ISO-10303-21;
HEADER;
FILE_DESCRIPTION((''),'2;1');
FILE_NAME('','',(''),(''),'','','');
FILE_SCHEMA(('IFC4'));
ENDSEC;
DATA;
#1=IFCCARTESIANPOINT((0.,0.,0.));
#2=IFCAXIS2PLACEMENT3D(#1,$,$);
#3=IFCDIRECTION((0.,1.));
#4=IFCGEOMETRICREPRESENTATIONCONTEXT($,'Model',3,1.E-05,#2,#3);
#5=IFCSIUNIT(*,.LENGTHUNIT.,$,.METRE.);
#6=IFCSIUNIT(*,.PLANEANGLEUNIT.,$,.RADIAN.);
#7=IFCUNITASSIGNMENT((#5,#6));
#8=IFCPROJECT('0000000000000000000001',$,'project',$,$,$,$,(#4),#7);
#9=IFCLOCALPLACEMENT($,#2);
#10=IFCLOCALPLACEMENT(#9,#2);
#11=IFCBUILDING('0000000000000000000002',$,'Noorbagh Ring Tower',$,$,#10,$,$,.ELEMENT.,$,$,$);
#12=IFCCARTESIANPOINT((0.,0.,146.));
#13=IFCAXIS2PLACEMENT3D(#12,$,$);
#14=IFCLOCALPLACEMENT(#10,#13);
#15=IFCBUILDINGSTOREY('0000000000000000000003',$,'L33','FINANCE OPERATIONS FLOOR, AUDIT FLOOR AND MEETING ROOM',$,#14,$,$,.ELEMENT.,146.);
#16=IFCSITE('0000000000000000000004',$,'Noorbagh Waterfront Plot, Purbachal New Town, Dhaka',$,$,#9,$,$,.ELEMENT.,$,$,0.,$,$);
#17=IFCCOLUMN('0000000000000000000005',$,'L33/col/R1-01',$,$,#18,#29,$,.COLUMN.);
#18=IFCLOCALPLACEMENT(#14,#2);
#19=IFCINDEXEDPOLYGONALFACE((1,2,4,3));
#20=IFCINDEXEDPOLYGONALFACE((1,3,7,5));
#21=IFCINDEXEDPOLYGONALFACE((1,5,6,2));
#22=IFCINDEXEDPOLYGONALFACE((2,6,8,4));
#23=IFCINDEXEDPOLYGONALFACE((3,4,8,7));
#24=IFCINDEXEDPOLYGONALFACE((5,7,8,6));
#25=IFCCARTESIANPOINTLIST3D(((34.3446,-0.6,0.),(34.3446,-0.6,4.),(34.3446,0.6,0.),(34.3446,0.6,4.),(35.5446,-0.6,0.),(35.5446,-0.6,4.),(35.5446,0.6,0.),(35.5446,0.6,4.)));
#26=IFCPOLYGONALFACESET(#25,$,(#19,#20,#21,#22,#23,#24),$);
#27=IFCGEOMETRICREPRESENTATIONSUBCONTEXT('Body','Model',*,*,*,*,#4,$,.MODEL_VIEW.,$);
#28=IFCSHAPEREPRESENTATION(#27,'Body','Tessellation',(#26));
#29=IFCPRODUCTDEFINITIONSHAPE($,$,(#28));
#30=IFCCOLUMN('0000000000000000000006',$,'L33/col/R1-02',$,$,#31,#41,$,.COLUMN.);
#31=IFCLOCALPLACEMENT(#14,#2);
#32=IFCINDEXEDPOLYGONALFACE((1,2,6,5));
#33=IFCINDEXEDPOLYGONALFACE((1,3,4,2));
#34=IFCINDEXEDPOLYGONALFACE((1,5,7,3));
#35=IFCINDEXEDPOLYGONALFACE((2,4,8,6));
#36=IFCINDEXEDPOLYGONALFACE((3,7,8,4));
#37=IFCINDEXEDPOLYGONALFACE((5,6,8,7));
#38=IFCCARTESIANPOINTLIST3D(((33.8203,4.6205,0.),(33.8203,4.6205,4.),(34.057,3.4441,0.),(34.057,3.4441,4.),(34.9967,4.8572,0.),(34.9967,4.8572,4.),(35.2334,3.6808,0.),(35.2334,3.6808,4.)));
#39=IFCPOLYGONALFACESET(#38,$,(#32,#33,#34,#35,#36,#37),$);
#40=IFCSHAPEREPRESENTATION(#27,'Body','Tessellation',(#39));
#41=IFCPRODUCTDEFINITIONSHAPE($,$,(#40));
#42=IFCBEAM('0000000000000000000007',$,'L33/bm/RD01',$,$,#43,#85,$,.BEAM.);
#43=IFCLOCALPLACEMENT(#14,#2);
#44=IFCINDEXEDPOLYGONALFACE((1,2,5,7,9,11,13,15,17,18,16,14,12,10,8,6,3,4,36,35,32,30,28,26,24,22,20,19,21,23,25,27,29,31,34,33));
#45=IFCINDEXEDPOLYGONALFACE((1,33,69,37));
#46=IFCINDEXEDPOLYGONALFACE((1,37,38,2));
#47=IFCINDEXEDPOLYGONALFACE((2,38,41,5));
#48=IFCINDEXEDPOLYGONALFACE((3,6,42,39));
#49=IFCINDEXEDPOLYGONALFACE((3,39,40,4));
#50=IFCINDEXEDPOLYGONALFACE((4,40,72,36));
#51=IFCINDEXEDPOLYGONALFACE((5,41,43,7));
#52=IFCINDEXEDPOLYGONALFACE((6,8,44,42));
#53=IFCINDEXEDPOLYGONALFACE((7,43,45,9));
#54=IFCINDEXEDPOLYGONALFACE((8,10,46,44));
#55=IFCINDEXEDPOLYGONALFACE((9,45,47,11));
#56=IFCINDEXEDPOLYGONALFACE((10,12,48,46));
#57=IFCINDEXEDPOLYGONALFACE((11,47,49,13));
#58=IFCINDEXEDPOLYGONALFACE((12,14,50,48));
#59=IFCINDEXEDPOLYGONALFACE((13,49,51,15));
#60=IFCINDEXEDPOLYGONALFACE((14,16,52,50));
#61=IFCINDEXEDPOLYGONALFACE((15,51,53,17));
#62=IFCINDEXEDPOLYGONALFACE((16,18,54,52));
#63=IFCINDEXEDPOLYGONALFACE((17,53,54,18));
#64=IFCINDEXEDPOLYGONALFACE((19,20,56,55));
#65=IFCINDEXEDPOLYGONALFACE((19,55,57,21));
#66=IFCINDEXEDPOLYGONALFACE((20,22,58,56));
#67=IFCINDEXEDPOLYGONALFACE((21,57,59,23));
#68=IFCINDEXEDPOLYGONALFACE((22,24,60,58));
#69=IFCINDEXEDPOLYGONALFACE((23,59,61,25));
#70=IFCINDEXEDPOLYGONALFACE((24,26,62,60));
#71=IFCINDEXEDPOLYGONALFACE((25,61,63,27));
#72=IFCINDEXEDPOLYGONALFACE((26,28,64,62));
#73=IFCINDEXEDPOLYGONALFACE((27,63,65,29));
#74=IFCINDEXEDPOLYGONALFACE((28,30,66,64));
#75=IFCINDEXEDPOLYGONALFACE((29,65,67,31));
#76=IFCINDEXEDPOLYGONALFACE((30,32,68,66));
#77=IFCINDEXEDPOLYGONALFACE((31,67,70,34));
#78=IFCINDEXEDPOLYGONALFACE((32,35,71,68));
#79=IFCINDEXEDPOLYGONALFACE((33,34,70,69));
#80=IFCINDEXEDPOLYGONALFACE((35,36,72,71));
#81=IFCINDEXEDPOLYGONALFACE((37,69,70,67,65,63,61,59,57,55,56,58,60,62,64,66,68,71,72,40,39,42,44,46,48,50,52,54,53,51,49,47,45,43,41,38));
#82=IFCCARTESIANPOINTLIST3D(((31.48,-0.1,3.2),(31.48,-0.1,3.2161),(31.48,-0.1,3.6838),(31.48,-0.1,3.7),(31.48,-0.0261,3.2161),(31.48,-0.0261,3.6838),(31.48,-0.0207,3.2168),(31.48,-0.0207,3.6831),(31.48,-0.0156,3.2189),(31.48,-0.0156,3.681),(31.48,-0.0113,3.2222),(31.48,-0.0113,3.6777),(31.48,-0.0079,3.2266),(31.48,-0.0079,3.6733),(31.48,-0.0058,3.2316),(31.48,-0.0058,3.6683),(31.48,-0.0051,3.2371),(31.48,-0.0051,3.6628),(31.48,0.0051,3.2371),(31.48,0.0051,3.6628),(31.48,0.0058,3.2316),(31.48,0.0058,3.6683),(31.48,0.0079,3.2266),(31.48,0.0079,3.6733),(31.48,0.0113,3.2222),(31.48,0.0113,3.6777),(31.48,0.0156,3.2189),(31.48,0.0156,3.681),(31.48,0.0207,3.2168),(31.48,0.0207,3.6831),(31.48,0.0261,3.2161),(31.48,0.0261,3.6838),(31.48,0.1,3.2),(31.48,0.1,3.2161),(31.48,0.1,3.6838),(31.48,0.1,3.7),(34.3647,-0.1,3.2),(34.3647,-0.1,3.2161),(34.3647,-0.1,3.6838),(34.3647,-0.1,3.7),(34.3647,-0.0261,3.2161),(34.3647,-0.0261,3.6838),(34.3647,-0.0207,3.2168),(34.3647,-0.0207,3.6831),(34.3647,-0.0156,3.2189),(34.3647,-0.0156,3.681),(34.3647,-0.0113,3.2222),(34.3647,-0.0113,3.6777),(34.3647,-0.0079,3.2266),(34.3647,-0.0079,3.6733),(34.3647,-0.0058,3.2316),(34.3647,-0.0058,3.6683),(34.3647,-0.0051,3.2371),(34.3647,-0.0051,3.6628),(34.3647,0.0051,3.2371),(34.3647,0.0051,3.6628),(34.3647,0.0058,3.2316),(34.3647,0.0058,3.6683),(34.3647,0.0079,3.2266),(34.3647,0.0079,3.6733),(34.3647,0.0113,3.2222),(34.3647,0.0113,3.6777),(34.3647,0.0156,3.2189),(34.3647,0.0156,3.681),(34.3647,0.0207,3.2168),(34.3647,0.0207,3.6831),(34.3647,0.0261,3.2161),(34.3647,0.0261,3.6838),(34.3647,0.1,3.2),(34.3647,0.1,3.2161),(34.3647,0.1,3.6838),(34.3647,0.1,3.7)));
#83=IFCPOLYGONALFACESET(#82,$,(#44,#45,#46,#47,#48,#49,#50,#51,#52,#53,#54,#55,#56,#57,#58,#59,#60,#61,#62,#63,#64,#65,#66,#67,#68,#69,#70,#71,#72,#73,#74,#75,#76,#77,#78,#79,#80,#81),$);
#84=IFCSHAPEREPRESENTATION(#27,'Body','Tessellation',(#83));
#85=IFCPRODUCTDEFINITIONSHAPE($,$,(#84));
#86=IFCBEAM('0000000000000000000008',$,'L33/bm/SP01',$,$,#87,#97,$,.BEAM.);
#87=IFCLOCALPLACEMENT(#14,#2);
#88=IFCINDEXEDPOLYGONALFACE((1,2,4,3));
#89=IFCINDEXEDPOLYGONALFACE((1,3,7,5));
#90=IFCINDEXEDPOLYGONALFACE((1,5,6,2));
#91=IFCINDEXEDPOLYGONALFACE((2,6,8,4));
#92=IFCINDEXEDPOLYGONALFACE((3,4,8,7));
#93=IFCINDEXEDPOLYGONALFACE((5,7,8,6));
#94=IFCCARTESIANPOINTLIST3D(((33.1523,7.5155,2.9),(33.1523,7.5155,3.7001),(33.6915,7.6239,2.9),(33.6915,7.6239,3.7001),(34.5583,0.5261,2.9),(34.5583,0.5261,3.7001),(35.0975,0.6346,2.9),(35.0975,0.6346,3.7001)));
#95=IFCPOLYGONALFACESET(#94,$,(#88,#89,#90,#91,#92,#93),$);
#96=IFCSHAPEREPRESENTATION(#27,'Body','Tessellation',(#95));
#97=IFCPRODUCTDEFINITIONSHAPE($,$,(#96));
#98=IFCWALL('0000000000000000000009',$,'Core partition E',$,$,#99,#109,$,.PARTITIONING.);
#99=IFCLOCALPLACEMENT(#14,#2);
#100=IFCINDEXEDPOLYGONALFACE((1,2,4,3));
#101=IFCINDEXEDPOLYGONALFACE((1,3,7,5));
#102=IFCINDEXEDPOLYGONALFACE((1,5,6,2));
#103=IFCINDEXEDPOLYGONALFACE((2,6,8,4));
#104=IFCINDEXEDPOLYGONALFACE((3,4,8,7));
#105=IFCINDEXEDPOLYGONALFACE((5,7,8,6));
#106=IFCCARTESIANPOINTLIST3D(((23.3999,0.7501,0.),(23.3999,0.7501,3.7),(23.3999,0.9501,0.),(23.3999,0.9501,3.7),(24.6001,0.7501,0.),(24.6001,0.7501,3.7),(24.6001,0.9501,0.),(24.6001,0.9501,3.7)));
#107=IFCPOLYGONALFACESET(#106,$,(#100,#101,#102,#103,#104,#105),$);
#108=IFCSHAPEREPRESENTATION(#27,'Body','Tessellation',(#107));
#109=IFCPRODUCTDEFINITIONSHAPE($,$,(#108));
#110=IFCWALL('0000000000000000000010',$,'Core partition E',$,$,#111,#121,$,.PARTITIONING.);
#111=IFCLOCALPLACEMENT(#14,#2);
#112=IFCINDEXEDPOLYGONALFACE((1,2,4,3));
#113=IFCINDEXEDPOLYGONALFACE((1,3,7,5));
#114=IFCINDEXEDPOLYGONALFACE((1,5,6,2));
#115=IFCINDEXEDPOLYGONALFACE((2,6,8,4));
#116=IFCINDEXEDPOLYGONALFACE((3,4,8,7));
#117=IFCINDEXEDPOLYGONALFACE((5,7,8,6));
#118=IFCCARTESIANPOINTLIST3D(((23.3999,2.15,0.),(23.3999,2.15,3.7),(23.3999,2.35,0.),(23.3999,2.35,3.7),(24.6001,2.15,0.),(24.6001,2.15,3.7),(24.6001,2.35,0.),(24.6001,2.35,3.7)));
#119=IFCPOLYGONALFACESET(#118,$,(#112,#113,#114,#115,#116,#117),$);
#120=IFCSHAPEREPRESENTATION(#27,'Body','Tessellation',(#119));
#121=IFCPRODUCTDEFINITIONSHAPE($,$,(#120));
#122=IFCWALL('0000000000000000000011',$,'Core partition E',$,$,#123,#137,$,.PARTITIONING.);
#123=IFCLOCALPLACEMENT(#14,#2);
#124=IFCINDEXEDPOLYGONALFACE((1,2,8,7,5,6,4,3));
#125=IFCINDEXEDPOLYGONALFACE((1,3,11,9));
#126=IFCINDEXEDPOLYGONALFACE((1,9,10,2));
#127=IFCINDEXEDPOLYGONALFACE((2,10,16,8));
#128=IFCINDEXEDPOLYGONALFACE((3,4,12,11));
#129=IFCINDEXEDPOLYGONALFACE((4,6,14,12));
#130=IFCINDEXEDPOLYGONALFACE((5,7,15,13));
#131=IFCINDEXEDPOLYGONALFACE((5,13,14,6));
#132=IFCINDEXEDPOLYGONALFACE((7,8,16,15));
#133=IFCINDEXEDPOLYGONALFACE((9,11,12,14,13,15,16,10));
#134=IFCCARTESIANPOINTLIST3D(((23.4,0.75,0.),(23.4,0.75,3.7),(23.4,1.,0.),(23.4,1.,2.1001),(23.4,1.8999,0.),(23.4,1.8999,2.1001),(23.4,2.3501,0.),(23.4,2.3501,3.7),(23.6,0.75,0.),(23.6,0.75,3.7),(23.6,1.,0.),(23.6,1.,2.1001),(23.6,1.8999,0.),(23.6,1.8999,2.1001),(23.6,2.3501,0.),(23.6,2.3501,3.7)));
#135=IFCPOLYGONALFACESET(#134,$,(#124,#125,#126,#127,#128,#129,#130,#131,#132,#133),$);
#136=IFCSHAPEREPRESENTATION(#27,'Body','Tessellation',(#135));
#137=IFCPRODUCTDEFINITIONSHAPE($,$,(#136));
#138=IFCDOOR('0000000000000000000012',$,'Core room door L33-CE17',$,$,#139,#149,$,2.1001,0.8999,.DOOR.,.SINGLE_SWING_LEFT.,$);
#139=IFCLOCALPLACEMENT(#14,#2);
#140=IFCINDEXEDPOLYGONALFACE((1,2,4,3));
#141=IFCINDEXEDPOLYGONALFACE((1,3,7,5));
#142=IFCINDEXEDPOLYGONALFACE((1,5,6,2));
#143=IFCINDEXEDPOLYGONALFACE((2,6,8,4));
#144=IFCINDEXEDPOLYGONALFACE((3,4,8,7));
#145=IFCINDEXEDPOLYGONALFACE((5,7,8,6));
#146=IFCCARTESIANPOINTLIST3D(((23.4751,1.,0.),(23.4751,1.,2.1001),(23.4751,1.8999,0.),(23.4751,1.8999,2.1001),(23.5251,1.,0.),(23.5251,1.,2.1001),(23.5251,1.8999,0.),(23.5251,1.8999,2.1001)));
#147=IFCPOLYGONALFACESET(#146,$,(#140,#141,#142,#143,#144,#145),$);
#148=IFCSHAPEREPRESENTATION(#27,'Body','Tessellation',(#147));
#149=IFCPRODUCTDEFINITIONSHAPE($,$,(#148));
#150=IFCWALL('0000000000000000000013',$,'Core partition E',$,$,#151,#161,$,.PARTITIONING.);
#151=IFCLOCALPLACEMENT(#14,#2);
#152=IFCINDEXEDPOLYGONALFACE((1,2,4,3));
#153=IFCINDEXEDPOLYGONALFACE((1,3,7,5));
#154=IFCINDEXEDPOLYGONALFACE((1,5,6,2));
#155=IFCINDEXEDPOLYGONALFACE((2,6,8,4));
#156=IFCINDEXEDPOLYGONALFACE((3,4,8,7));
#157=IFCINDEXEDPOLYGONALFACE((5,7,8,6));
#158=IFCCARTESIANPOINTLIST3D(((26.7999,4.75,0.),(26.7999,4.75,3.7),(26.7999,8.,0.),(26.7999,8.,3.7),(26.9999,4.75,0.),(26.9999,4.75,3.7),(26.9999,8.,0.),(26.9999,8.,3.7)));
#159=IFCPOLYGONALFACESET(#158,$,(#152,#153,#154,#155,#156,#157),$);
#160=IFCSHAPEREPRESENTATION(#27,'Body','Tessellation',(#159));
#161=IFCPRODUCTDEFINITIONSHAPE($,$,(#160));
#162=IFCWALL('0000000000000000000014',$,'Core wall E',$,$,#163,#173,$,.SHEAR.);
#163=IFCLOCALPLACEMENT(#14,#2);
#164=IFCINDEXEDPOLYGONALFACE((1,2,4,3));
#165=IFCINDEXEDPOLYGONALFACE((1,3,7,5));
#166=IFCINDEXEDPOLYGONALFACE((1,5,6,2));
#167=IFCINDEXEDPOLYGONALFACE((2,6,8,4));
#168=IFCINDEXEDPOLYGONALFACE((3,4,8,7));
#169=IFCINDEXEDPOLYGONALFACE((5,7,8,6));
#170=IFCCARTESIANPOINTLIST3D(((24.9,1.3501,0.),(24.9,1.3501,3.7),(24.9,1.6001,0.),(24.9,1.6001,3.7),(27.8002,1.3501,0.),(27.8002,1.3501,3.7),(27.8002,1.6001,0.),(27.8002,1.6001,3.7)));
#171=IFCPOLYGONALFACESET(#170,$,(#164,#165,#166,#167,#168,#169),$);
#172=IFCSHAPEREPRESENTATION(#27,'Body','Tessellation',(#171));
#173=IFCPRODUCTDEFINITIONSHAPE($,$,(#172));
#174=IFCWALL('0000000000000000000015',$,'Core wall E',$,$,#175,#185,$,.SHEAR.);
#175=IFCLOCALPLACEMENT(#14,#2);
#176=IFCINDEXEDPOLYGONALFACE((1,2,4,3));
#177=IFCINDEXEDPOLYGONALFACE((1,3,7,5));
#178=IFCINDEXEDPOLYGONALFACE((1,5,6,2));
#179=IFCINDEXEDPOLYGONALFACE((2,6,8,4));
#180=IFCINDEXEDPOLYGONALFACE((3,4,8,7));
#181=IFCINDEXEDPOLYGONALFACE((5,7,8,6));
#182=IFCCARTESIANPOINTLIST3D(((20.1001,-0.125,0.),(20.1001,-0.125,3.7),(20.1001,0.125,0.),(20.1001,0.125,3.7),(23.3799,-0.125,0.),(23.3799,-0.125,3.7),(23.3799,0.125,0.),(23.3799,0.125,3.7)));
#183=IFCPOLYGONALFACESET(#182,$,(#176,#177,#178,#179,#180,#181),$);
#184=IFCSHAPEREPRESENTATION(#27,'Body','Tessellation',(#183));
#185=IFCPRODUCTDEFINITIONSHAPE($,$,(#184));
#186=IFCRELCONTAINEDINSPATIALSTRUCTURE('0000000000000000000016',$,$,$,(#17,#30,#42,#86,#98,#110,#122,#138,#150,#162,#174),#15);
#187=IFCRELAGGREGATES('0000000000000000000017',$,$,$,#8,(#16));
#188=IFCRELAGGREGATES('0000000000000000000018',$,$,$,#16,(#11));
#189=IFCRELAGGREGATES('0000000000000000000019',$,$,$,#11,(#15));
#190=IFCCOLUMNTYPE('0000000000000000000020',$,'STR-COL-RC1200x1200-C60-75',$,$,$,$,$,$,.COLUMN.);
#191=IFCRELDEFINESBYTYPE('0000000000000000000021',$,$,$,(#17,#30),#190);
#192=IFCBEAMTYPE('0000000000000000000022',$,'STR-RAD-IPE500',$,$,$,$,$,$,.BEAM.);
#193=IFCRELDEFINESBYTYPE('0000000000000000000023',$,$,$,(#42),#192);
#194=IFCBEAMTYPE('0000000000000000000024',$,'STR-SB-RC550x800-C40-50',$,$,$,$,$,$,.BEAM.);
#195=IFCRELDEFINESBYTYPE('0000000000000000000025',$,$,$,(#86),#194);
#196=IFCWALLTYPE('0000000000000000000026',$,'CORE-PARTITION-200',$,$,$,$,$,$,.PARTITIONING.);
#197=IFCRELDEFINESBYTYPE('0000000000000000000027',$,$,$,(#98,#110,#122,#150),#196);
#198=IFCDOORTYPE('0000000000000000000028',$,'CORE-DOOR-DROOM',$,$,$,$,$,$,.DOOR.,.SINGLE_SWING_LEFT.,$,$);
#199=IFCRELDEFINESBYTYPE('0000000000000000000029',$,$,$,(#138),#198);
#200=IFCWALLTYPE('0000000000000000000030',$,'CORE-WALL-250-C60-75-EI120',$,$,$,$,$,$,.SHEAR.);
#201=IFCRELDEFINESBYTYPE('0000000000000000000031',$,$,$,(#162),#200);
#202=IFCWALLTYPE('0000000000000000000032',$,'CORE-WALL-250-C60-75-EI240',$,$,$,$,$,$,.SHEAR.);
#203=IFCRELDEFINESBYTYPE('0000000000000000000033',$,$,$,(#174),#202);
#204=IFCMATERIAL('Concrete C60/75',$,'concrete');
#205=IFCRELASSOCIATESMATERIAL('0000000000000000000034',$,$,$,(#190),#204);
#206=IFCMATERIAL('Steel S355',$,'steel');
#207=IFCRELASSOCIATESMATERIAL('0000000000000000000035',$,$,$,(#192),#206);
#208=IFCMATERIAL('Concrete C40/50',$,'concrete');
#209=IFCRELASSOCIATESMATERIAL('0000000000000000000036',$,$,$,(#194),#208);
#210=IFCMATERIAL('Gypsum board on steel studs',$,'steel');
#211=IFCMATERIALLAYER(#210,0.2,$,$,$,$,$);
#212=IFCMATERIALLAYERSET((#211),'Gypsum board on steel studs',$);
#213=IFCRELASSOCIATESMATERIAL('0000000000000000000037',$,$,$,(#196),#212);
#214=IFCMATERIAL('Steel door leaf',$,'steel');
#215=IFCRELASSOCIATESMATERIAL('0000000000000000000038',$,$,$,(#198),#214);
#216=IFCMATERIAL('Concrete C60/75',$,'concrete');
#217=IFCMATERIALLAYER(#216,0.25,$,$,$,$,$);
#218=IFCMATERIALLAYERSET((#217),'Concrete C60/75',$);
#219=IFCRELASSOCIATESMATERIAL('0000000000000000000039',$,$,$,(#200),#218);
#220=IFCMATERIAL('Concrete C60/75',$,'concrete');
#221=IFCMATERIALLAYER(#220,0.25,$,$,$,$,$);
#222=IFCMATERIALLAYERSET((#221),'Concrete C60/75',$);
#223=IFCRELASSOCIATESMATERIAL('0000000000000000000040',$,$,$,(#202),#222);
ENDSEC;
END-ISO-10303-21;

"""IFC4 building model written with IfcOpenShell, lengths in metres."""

from ifc_helpers import new_model, si_unit, direction, frame, frame_2d, origin, origin_2d, place, context, subcontext, project, spatial, rectangle, i_section, extrude, material, layer, layer_set, material_profile, profile_set, type_object, element, fill, save


model = new_model("IFC4")

# Units and contexts
model_context = context("Model", 3, precision=1e-05, world=origin(), true_north=direction((0.0, 1.0)))
body_context = subcontext(model_context, "Body", "Model", "MODEL_VIEW")
ifc_project = project(units=[si_unit("LENGTHUNIT", "METRE"), si_unit("PLANEANGLEUNIT", "RADIAN")], contexts=[model_context])

# Site, building, storey
site_placement = place(None, origin())
site = spatial("IfcSite", under=ifc_project, at=site_placement, Name="Noorbagh Waterfront Plot, Purbachal New Town, Dhaka", CompositionType="ELEMENT", RefElevation=0.0)
building_placement = place(site_placement, origin())
building = spatial("IfcBuilding", under=site, at=building_placement, Name="Noorbagh Ring Tower", CompositionType="ELEMENT")
storey_placement = place(building_placement, frame((0.0, 0.0, 146.0)))
storey = spatial("IfcBuildingStorey", under=building, at=storey_placement, Name="L33", Description="FINANCE OPERATIONS FLOOR, AUDIT FLOOR AND MEETING ROOM", CompositionType="ELEMENT", Elevation=146.0)

# Columns
ifc_material_1 = material(Name="Concrete C60/75", Category="concrete")
ifc_material_profile_1 = material_profile(ifc_material_1, rectangle(XDim=1.2, YDim=1.2, at=origin_2d()), Name="RC1200x1200")
ifc_profile_set_1 = profile_set([ifc_material_profile_1], Name="Concrete C60/75")
column_type = type_object("IfcColumnType", Name="STR-COL-RC1200x1200-C60-75", PredefinedType="COLUMN", material=ifc_profile_set_1)
for number, where, z_axis, x_axis, name in (
    (1, (34.9446, 0.0, 0.0), (0.0, 0.0, 1.0), (0.0, 1.0, 0.0), "L33/col/R1-01"),
    (2, (34.5269, 4.1506, 0.0), (0.0, 0.0, 1.0), (-0.19723, 0.980357, 0.0), "L33/col/R1-02"),
):
    element("IfcColumn", number, at=place(storey_placement, frame(where, z_axis=z_axis, x_axis=x_axis)), inside=storey, type_object=column_type, Name=name, PredefinedType="COLUMN", context=body_context, shape_type="SweptSolid", body=[
        extrude(rectangle(XDim=1.2, YDim=1.2, at=origin_2d()), origin(), (0.0, 0.0, 1.0), 4.0),
    ])

# Beams
ifc_material_2 = material(Name="Steel S355", Category="steel")
ifc_material_profile_2 = material_profile(ifc_material_2, i_section(OverallWidth=0.2, OverallDepth=0.5, WebThickness=0.0103, FlangeThickness=0.0161, FilletRadius=0.021, at=origin_2d()), Name="IPE500")
ifc_profile_set_2 = profile_set([ifc_material_profile_2], Name="Steel S355")
beam_type_1 = type_object("IfcBeamType", Name="STR-RAD-IPE500", PredefinedType="BEAM", material=ifc_profile_set_2)
beam_1_placement = place(storey_placement, frame((34.3647, 0.0, 3.45), z_axis=(-1.0, 0.0, 0.0), x_axis=(0.0, -1.0, 0.0)))
element("IfcBeam", 3, at=beam_1_placement, inside=storey, type_object=beam_type_1, Name="L33/bm/RD01", PredefinedType="BEAM", context=body_context, shape_type="SweptSolid", body=[
    extrude(i_section(OverallWidth=0.2, OverallDepth=0.5, WebThickness=0.0103, FlangeThickness=0.0161, FilletRadius=0.021, at=origin_2d()), origin(), (0.0, 0.0, 1.0), 2.8848),
])
ifc_material_3 = material(Name="Concrete C40/50", Category="concrete")
ifc_material_profile_3 = material_profile(ifc_material_3, rectangle(XDim=0.55, YDim=0.8, at=origin_2d()), Name="RC550x800")
ifc_profile_set_3 = profile_set([ifc_material_profile_3], Name="Concrete C40/50")
beam_type_2 = type_object("IfcBeamType", Name="STR-SB-RC550x800-C40-50", PredefinedType="BEAM", material=ifc_profile_set_3)
beam_2_placement = place(storey_placement, frame((34.8279, 0.5803, 3.3), z_axis=(-0.197209, 0.980361, 0.0), x_axis=(-0.980361, -0.197209, 0.0)))
element("IfcBeam", 4, at=beam_2_placement, inside=storey, type_object=beam_type_2, Name="L33/bm/SP01", PredefinedType="BEAM", context=body_context, shape_type="SweptSolid", body=[
    extrude(rectangle(XDim=0.55, YDim=0.8, at=origin_2d()), origin(), (0.0, 0.0, 1.0), 7.1294),
])

# Walls
ifc_material_4 = material(Name="Gypsum board on steel studs", Category="steel")
ifc_layer_1 = layer(ifc_material_4, 0.2)
ifc_layer_set_1 = layer_set([ifc_layer_1], Name="Gypsum board on steel studs")
wall_type_1 = type_object("IfcWallType", Name="CORE-PARTITION-200", PredefinedType="PARTITIONING", material=ifc_layer_set_1)
for number, where, z_axis, x_axis, name in (
    (5, (23.3999, 0.8501, 0.0), (0.0, 0.0, 1.0), (1.0, 0.0, 0.0), "Core partition E"),
    (6, (23.3999, 2.25, 0.0), (0.0, 0.0, 1.0), (1.0, 0.0, 0.0), "Core partition E"),
):
    element("IfcWall", number, at=place(storey_placement, frame(where, z_axis=z_axis, x_axis=x_axis)), inside=storey, type_object=wall_type_1, Name=name, PredefinedType="PARTITIONING", context=body_context, shape_type="SweptSolid", body=[
        extrude(rectangle(XDim=1.2002, YDim=0.2, at=frame_2d((0.6001, 0.0))), origin(), (0.0, 0.0, 1.0), 3.7),
    ])

# Wall, opening, door
wall_1_placement = place(storey_placement, frame((23.5, 0.75, 0.0), z_axis=(0.0, 0.0, 1.0), x_axis=(0.0, 1.0, 0.0)))
wall_1 = element("IfcWall", 7, at=wall_1_placement, inside=storey, type_object=wall_type_1, Name="Core partition E", PredefinedType="PARTITIONING", context=body_context, shape_type="SweptSolid", body=[
    extrude(rectangle(XDim=1.6001, YDim=0.2, at=frame_2d((0.8, 0.0))), origin(), (0.0, 0.0, 1.0), 3.7),
])
opening_1_placement = place(wall_1_placement, frame((0.25, 0.0, 0.0)))
opening_1 = element("IfcOpeningElement", 8, at=opening_1_placement, cuts=wall_1, PredefinedType="OPENING", context=body_context, shape_type="SweptSolid", body=[
    extrude(rectangle(XDim=0.8999, YDim=2.1001, at=frame_2d((0.45, 1.05))), frame((0.0, 0.1099, 0.0), z_axis=(0.0, -1.0, 0.0), x_axis=(1.0, 0.0, 0.0)), (0.0, 0.0, 1.0), 0.22),
])
ifc_material_5 = material(Name="Steel door leaf", Category="steel")
door_type_1 = type_object("IfcDoorType", Name="CORE-DOOR-DROOM", OperationType="SINGLE_SWING_LEFT", PredefinedType="DOOR", material=ifc_material_5)
door_1_placement = place(opening_1_placement, origin())
door_1 = element("IfcDoor", 9, at=door_1_placement, inside=storey, type_object=door_type_1, Name="Core room door L33-CE17", OperationType="SINGLE_SWING_LEFT", OverallHeight=2.1001, OverallWidth=0.8999, PredefinedType="DOOR", context=body_context, shape_type="SweptSolid", body=[
    extrude(rectangle(XDim=0.8999, YDim=2.1001, at=frame_2d((0.45, 1.05))), frame((0.0, 0.0249, 0.0), z_axis=(0.0, -1.0, 0.0), x_axis=(1.0, 0.0, 0.0)), (0.0, 0.0, 1.0), 0.05),
])
fill(opening_1, door_1)

# Walls
wall_2_placement = place(storey_placement, frame((26.8999, 4.75, 0.0), z_axis=(0.0, 0.0, 1.0), x_axis=(0.0, 1.0, 0.0)))
element("IfcWall", 10, at=wall_2_placement, inside=storey, type_object=wall_type_1, Name="Core partition E", PredefinedType="PARTITIONING", context=body_context, shape_type="SweptSolid", body=[
    extrude(rectangle(XDim=3.25, YDim=0.2, at=frame_2d((1.625, 0.0))), origin(), (0.0, 0.0, 1.0), 3.7),
])
ifc_material_6 = material(Name="Concrete C60/75", Category="concrete")
ifc_layer_2 = layer(ifc_material_6, 0.25)
ifc_layer_set_2 = layer_set([ifc_layer_2], Name="Concrete C60/75")
wall_type_2 = type_object("IfcWallType", Name="CORE-WALL-250-C60-75-EI120", PredefinedType="SHEAR", material=ifc_layer_set_2)
wall_3_placement = place(storey_placement, frame((24.8999, 1.4751, 0.0), z_axis=(0.0, 0.0, 1.0), x_axis=(1.0, 0.0, 0.0)))
element("IfcWall", 11, at=wall_3_placement, inside=storey, type_object=wall_type_2, Name="Core wall E", PredefinedType="SHEAR", context=body_context, shape_type="SweptSolid", body=[
    extrude(rectangle(XDim=2.9001, YDim=0.25, at=frame_2d((1.4502, 0.0))), origin(), (0.0, 0.0, 1.0), 3.7),
])
ifc_material_7 = material(Name="Concrete C60/75", Category="concrete")
ifc_layer_3 = layer(ifc_material_7, 0.25)
ifc_layer_set_3 = layer_set([ifc_layer_3], Name="Concrete C60/75")
wall_type_3 = type_object("IfcWallType", Name="CORE-WALL-250-C60-75-EI240", PredefinedType="SHEAR", material=ifc_layer_set_3)
wall_4_placement = place(storey_placement, frame((20.1001, 0.0, 0.0), z_axis=(0.0, 0.0, 1.0), x_axis=(1.0, 0.0, 0.0)))
element("IfcWall", 12, at=wall_4_placement, inside=storey, type_object=wall_type_3, Name="Core wall E", PredefinedType="SHEAR", context=body_context, shape_type="SweptSolid", body=[
    extrude(rectangle(XDim=3.2798, YDim=0.25, at=frame_2d((1.6399, 0.0))), origin(), (0.0, 0.0, 1.0), 3.7),
])

save(model, "model.ifc")
